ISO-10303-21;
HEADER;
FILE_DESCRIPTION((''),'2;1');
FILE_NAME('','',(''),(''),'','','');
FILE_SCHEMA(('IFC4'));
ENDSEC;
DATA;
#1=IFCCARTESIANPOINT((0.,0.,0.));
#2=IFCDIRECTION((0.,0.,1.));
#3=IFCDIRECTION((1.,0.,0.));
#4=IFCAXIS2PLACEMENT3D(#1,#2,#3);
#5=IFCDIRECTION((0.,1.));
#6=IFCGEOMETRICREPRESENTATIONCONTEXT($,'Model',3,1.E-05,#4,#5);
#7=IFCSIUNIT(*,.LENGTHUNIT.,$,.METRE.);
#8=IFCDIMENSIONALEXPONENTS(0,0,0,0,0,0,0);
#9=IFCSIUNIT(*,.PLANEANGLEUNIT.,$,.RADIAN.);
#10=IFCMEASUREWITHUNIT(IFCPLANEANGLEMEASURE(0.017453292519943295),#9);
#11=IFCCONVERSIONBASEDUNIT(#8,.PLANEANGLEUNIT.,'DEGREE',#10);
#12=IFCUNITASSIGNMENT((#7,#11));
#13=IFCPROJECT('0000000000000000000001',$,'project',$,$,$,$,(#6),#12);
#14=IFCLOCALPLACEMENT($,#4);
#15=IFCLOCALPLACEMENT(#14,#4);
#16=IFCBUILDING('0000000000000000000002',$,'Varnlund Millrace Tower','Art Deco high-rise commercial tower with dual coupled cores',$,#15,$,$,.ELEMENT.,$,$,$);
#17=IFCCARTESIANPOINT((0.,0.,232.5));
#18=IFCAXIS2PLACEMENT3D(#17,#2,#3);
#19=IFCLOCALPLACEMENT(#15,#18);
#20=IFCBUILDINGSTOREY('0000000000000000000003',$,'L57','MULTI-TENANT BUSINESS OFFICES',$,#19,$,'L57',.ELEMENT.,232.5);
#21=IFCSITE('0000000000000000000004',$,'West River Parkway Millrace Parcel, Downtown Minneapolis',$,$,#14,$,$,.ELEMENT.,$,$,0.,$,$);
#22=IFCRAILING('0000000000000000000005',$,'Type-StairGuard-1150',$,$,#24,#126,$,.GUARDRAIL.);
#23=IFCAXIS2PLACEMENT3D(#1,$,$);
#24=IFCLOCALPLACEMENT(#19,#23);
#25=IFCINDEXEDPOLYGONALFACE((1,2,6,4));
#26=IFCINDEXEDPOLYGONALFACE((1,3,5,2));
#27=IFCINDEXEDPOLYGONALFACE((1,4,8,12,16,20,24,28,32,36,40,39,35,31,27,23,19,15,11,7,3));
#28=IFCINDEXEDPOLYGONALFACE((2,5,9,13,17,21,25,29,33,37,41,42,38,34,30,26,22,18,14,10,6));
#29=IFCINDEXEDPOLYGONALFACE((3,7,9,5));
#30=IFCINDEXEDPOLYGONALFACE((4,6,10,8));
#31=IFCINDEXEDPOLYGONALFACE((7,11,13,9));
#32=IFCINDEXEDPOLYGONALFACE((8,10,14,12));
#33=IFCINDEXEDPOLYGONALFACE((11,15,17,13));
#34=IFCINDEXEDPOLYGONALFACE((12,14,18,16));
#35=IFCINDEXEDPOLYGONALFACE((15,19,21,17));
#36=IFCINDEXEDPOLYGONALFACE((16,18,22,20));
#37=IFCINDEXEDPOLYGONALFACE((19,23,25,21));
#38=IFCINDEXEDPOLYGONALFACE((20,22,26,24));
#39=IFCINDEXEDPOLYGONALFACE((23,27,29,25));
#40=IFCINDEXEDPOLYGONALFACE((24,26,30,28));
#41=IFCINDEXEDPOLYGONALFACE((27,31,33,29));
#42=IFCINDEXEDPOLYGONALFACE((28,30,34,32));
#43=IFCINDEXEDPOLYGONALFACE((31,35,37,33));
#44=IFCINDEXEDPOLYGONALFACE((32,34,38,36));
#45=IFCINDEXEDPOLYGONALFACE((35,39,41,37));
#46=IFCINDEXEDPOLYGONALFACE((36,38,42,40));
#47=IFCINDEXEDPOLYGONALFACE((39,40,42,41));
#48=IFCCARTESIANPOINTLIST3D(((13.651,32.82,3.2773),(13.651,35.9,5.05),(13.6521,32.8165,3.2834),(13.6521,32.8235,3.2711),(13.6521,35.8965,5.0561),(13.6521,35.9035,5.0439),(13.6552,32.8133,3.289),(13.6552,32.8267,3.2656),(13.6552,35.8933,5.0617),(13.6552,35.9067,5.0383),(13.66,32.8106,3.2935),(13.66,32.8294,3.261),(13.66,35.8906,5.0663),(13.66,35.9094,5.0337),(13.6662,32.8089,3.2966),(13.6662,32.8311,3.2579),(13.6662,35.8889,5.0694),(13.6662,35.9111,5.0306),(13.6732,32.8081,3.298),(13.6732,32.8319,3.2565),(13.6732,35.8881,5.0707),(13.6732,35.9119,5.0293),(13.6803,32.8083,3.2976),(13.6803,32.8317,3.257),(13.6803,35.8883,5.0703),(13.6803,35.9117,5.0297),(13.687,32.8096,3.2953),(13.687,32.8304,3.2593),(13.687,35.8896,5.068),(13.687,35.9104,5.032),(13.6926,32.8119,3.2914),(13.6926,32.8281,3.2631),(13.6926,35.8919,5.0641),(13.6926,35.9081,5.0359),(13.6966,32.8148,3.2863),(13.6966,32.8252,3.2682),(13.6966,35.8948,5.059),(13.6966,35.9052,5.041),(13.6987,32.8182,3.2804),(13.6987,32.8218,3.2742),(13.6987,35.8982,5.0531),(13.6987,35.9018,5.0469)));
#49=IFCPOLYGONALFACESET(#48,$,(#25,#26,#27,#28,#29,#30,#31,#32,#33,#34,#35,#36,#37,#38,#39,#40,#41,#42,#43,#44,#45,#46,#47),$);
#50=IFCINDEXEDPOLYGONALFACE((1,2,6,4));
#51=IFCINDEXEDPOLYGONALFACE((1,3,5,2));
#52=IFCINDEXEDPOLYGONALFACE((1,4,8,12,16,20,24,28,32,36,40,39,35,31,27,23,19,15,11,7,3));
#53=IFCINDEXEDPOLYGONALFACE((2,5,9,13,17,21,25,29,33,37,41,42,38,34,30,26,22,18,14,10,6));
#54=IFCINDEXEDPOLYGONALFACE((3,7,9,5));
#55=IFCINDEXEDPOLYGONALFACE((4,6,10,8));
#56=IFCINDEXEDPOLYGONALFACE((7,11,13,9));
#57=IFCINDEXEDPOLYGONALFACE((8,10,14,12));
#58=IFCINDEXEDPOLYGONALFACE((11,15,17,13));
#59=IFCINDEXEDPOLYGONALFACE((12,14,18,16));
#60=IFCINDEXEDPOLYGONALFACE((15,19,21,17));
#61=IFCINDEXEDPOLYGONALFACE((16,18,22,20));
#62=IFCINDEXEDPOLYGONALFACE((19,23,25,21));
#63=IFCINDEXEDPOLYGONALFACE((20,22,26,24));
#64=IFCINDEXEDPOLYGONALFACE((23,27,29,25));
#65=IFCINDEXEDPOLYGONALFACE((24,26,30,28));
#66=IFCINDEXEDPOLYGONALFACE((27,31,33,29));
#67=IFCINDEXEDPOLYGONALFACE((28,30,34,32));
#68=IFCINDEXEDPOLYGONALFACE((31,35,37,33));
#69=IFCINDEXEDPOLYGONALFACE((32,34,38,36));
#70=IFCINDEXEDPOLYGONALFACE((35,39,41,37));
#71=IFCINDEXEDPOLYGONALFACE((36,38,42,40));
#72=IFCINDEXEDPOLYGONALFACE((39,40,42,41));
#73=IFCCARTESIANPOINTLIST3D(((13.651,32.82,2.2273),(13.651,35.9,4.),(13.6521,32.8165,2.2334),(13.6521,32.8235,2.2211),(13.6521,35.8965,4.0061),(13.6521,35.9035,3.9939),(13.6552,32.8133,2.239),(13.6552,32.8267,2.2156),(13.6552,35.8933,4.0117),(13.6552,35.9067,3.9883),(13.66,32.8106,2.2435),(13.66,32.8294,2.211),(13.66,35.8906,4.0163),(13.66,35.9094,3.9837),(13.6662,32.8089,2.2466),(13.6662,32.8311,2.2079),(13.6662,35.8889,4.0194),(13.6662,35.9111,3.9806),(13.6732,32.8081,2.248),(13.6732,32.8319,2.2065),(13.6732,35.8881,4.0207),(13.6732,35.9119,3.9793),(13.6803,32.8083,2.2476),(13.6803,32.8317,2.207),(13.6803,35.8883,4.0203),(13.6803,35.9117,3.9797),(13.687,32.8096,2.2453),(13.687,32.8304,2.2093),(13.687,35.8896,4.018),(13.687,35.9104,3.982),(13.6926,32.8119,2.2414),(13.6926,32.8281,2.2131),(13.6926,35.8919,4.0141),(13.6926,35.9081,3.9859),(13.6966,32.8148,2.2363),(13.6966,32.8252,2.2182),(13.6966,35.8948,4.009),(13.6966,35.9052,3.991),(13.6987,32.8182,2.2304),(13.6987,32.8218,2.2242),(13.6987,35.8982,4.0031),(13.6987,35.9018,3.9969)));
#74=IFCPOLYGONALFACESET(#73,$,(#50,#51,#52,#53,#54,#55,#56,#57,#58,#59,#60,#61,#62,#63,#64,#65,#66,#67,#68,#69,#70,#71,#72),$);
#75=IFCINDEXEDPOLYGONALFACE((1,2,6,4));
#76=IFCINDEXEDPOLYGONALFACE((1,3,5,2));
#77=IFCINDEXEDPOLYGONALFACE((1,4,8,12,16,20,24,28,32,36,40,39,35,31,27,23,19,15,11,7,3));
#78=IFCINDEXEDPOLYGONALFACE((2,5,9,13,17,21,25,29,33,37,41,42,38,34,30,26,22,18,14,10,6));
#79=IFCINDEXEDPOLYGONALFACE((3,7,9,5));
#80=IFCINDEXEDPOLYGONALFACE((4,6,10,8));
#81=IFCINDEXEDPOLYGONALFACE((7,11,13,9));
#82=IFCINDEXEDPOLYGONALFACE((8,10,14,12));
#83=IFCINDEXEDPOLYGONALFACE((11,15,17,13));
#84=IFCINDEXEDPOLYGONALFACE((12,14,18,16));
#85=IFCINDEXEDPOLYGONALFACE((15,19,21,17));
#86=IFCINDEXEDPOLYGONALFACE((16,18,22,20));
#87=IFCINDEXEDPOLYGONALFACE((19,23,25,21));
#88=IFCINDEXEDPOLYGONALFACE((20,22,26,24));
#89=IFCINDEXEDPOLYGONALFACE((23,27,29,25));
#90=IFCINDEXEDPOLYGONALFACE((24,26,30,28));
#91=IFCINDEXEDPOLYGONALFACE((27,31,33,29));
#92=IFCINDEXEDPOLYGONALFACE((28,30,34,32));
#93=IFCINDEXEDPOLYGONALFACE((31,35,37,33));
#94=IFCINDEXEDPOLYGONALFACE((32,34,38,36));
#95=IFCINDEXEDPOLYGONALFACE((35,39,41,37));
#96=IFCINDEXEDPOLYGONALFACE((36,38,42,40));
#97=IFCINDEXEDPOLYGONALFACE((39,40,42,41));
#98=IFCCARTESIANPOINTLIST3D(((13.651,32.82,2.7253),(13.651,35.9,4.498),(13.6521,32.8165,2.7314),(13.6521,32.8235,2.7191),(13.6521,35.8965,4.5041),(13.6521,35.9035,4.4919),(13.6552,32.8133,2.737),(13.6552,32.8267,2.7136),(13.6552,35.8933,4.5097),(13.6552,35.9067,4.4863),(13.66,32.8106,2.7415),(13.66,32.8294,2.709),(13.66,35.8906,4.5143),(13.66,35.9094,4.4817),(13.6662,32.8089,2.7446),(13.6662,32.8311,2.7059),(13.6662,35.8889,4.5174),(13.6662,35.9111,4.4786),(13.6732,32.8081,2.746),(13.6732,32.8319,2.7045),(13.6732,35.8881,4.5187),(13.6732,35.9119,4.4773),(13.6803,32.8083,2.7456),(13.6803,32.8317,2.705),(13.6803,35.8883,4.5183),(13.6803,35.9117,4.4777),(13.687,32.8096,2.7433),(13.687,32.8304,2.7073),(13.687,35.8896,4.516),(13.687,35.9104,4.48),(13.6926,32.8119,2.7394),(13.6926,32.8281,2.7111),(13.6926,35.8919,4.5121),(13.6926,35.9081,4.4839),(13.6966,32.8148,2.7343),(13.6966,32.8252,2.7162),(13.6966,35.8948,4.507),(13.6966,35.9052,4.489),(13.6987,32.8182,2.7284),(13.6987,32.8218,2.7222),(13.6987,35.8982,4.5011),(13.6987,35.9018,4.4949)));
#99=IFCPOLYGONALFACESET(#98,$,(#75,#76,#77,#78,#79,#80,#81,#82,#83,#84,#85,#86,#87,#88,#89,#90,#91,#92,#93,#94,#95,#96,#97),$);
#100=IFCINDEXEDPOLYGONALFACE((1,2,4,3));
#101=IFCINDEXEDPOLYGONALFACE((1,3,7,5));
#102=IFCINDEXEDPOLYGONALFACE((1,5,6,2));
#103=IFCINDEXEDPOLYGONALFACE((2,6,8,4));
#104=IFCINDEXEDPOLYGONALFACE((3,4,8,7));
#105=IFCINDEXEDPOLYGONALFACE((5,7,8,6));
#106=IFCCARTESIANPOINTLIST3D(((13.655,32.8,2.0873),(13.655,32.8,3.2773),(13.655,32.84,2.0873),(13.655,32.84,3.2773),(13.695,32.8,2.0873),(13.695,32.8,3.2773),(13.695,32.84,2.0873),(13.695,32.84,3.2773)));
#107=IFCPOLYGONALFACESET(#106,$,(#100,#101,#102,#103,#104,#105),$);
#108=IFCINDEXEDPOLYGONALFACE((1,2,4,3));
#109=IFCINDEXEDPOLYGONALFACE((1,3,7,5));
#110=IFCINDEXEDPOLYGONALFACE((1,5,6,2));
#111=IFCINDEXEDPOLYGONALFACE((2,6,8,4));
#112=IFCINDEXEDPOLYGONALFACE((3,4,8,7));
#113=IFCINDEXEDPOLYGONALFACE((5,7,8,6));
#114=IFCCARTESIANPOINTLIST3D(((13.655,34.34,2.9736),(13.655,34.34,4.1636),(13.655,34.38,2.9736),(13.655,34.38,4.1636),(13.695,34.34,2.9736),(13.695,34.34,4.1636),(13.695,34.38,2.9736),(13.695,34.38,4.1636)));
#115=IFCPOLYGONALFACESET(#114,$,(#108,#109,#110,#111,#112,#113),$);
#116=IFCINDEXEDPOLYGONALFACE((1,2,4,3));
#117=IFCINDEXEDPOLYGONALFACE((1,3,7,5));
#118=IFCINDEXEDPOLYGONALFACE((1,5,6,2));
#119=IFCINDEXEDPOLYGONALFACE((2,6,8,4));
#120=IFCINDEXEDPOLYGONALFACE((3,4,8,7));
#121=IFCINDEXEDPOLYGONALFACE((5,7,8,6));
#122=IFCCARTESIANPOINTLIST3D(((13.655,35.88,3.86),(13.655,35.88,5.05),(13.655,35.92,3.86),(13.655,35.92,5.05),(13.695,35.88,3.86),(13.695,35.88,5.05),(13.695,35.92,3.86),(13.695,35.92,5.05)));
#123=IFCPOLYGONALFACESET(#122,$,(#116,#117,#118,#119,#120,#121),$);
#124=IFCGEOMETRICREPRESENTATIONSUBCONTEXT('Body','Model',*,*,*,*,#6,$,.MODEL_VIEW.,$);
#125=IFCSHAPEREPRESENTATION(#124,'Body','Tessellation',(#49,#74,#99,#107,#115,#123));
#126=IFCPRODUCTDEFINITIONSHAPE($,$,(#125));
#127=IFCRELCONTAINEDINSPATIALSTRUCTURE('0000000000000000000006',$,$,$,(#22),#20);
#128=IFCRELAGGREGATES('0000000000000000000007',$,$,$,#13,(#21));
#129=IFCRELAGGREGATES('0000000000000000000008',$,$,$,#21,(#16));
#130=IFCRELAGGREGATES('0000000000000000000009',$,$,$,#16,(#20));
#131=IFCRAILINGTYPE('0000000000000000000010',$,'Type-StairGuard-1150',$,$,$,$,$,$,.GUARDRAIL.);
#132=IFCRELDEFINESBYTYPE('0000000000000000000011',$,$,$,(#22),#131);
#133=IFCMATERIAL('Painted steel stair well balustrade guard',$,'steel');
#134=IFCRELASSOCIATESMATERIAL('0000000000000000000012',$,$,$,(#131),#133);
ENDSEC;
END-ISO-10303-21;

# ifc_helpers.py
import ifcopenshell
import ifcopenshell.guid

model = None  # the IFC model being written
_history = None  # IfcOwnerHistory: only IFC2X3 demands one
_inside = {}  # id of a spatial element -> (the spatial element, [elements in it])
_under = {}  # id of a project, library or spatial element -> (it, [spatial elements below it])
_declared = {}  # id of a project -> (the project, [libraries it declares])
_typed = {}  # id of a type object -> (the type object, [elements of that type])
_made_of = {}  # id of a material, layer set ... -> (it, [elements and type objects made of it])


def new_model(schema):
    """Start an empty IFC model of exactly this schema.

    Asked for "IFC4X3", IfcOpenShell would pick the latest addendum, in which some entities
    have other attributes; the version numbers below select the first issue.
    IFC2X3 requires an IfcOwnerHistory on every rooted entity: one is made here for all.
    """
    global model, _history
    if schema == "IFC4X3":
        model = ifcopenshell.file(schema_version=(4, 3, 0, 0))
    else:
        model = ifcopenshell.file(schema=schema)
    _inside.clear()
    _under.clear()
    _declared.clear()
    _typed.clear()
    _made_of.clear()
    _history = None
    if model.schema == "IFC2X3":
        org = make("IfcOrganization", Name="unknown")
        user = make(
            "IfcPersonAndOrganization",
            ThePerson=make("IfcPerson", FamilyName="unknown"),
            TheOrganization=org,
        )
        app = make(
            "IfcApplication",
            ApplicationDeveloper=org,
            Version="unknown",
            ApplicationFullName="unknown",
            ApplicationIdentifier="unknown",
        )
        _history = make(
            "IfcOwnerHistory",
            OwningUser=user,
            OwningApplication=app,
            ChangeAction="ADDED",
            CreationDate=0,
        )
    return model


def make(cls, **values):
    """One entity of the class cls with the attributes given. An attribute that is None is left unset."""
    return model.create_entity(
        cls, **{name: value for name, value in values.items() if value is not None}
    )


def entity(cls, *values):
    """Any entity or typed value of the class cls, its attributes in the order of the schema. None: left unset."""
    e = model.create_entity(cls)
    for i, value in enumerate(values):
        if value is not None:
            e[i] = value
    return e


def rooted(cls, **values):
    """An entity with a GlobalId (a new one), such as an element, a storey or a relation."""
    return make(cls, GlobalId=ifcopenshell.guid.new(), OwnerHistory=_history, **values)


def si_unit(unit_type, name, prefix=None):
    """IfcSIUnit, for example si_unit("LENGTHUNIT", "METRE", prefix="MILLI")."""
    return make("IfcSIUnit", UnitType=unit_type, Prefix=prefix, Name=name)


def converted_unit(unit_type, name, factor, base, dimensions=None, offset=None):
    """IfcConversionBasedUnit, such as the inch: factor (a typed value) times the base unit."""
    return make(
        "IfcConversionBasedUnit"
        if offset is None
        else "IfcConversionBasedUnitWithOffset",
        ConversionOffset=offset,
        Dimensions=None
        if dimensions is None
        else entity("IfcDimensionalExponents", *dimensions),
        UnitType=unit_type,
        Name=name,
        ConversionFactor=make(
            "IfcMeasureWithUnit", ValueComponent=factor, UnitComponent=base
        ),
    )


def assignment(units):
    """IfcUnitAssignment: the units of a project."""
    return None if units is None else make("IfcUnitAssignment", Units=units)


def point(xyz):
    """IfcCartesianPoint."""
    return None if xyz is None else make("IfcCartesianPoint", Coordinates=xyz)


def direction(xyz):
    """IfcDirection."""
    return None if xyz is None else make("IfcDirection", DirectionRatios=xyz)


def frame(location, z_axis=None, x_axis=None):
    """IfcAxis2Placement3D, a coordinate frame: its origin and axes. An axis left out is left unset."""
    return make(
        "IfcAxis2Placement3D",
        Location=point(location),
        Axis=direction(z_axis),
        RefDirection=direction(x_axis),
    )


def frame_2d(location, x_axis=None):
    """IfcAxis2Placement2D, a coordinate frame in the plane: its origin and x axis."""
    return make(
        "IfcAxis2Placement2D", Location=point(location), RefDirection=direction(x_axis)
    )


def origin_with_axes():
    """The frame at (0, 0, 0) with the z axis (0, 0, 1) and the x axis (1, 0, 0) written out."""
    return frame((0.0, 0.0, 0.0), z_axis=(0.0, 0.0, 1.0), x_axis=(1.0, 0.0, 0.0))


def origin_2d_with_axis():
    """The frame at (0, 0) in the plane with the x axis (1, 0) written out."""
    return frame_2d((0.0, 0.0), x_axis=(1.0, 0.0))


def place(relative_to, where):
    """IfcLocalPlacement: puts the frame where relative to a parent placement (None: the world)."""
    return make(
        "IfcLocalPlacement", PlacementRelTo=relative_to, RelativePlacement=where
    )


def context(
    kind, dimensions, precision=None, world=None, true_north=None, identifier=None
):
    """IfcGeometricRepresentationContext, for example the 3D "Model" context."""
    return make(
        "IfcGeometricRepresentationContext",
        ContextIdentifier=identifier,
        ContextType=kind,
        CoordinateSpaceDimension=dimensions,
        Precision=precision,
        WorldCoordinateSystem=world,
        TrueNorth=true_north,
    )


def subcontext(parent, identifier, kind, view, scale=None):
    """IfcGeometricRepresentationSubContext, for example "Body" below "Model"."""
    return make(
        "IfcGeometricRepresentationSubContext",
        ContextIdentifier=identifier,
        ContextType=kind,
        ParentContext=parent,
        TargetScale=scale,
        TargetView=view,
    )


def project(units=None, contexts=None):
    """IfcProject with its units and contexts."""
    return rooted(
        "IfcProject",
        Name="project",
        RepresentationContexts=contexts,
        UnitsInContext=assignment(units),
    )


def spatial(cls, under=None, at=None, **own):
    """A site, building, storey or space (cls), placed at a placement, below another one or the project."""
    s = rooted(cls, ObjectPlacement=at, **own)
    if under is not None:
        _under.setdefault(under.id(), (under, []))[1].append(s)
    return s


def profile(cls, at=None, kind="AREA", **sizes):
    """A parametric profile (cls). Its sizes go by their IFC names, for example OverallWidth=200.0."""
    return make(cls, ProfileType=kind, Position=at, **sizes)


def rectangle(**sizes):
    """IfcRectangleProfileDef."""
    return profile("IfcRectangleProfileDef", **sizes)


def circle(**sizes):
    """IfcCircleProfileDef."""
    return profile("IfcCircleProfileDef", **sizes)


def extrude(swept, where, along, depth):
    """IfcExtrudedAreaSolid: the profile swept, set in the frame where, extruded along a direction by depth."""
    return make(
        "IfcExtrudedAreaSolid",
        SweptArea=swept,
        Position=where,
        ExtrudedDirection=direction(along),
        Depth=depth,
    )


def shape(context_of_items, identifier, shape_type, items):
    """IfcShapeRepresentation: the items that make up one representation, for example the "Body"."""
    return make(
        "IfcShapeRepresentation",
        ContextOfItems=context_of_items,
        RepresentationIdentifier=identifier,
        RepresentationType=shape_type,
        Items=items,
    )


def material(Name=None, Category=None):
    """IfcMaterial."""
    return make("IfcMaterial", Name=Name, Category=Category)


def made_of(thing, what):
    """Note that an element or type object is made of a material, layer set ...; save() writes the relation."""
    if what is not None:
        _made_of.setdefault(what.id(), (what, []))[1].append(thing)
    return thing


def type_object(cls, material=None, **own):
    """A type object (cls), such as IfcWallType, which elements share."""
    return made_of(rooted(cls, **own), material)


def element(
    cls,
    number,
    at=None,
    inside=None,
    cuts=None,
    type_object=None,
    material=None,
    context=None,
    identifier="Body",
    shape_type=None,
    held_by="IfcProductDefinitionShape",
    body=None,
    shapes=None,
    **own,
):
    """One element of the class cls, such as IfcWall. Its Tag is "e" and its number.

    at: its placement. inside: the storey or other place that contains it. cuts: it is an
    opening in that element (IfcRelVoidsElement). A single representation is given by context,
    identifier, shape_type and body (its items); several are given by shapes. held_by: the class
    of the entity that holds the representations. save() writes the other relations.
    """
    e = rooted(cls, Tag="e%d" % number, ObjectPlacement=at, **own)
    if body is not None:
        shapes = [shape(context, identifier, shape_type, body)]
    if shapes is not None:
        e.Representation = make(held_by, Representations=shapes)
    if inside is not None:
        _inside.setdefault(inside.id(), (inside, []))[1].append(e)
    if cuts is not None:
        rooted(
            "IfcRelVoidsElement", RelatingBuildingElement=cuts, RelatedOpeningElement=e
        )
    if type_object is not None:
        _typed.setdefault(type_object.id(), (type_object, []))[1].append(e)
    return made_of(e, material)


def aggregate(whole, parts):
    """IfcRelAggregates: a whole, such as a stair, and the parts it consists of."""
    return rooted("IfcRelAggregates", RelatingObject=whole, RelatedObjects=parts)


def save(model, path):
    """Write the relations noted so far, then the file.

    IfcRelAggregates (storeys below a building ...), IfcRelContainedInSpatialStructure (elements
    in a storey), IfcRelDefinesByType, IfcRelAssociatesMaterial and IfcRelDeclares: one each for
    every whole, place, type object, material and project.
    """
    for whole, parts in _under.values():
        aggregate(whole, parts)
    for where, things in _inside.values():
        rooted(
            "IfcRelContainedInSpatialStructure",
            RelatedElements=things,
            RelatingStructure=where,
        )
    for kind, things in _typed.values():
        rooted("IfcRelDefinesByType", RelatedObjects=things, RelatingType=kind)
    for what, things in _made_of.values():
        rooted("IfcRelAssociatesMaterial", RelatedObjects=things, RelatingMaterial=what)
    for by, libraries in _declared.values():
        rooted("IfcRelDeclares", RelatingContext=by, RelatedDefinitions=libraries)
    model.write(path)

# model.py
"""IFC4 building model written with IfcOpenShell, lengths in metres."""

from ifc_helpers import new_model, entity, si_unit, converted_unit, direction, frame, origin_with_axes, origin_2d_with_axis, place, context, subcontext, project, spatial, rectangle, circle, extrude, material, type_object, element, save


model = new_model("IFC4")

# Units and contexts
model_context = context("Model", 3, precision=1e-05, world=origin_with_axes(), true_north=direction((0.0, 1.0)))
body_context = subcontext(model_context, "Body", "Model", "MODEL_VIEW")
ifc_project = project(units=[si_unit("LENGTHUNIT", "METRE"), converted_unit("PLANEANGLEUNIT", "DEGREE", entity("IfcPlaneAngleMeasure", 0.017453292519943295), si_unit("PLANEANGLEUNIT", "RADIAN"), dimensions=[0, 0, 0, 0, 0, 0, 0])], contexts=[model_context])

# Site, building, storey
site_placement = place(None, origin_with_axes())
site = spatial("IfcSite", under=ifc_project, at=site_placement, Name="West River Parkway Millrace Parcel, Downtown Minneapolis", CompositionType="ELEMENT", RefElevation=0.0)
building_placement = place(site_placement, origin_with_axes())
building = spatial("IfcBuilding", under=site, at=building_placement, Name="Varnlund Millrace Tower", Description="Art Deco high-rise commercial tower with dual coupled cores", CompositionType="ELEMENT")
storey_placement = place(building_placement, frame((0.0, 0.0, 232.5), z_axis=(0.0, 0.0, 1.0), x_axis=(1.0, 0.0, 0.0)))
storey = spatial("IfcBuildingStorey", under=building, at=storey_placement, Name="L57", Description="MULTI-TENANT BUSINESS OFFICES", LongName="L57", CompositionType="ELEMENT", Elevation=232.5)

# Railing
ifc_material_1 = material(Name="Painted steel stair well balustrade guard", Category="steel")
railing_type_1 = type_object("IfcRailingType", Name="Type-StairGuard-1150", PredefinedType="GUARDRAIL", material=ifc_material_1)
railing_1_placement = place(storey_placement, frame((0.0, 0.0, -232.5), z_axis=(0.0, 0.0, 1.0), x_axis=(1.0, 0.0, 0.0)))
element("IfcRailing", 1, at=railing_1_placement, inside=storey, type_object=railing_type_1, Name="Type-StairGuard-1150", PredefinedType="GUARDRAIL", context=body_context, shape_type="SweptSolid", body=[
    extrude(circle(Radius=0.024, at=origin_2d_with_axis()), frame((13.675, 32.82, 235.7773), z_axis=(0.0, 0.866696, 0.498836), x_axis=(-1.0, 0.0, 0.0)), (0.0, 0.0, 1.0), 3.5537),
    extrude(circle(Radius=0.024, at=origin_2d_with_axis()), frame((13.675, 32.82, 234.7273), z_axis=(0.0, 0.866696, 0.498836), x_axis=(-1.0, 0.0, 0.0)), (0.0, 0.0, 1.0), 3.5537),
    extrude(circle(Radius=0.024, at=origin_2d_with_axis()), frame((13.675, 32.82, 235.2253), z_axis=(0.0, 0.866696, 0.498836), x_axis=(-1.0, 0.0, 0.0)), (0.0, 0.0, 1.0), 3.5537),
    extrude(rectangle(XDim=0.04, YDim=0.04, at=origin_2d_with_axis()), frame((13.675, 32.82, 234.5873), z_axis=(0.0, 0.0, 1.0), x_axis=(1.0, 0.0, 0.0)), (0.0, 0.0, 1.0), 1.19),
    extrude(rectangle(XDim=0.04, YDim=0.04, at=origin_2d_with_axis()), frame((13.675, 34.36, 235.4736), z_axis=(0.0, 0.0, 1.0), x_axis=(1.0, 0.0, 0.0)), (0.0, 0.0, 1.0), 1.19),
    extrude(rectangle(XDim=0.04, YDim=0.04, at=origin_2d_with_axis()), frame((13.675, 35.9, 236.36), z_axis=(0.0, 0.0, 1.0), x_axis=(1.0, 0.0, 0.0)), (0.0, 0.0, 1.0), 1.19),
])

save(model, "model.ifc")
